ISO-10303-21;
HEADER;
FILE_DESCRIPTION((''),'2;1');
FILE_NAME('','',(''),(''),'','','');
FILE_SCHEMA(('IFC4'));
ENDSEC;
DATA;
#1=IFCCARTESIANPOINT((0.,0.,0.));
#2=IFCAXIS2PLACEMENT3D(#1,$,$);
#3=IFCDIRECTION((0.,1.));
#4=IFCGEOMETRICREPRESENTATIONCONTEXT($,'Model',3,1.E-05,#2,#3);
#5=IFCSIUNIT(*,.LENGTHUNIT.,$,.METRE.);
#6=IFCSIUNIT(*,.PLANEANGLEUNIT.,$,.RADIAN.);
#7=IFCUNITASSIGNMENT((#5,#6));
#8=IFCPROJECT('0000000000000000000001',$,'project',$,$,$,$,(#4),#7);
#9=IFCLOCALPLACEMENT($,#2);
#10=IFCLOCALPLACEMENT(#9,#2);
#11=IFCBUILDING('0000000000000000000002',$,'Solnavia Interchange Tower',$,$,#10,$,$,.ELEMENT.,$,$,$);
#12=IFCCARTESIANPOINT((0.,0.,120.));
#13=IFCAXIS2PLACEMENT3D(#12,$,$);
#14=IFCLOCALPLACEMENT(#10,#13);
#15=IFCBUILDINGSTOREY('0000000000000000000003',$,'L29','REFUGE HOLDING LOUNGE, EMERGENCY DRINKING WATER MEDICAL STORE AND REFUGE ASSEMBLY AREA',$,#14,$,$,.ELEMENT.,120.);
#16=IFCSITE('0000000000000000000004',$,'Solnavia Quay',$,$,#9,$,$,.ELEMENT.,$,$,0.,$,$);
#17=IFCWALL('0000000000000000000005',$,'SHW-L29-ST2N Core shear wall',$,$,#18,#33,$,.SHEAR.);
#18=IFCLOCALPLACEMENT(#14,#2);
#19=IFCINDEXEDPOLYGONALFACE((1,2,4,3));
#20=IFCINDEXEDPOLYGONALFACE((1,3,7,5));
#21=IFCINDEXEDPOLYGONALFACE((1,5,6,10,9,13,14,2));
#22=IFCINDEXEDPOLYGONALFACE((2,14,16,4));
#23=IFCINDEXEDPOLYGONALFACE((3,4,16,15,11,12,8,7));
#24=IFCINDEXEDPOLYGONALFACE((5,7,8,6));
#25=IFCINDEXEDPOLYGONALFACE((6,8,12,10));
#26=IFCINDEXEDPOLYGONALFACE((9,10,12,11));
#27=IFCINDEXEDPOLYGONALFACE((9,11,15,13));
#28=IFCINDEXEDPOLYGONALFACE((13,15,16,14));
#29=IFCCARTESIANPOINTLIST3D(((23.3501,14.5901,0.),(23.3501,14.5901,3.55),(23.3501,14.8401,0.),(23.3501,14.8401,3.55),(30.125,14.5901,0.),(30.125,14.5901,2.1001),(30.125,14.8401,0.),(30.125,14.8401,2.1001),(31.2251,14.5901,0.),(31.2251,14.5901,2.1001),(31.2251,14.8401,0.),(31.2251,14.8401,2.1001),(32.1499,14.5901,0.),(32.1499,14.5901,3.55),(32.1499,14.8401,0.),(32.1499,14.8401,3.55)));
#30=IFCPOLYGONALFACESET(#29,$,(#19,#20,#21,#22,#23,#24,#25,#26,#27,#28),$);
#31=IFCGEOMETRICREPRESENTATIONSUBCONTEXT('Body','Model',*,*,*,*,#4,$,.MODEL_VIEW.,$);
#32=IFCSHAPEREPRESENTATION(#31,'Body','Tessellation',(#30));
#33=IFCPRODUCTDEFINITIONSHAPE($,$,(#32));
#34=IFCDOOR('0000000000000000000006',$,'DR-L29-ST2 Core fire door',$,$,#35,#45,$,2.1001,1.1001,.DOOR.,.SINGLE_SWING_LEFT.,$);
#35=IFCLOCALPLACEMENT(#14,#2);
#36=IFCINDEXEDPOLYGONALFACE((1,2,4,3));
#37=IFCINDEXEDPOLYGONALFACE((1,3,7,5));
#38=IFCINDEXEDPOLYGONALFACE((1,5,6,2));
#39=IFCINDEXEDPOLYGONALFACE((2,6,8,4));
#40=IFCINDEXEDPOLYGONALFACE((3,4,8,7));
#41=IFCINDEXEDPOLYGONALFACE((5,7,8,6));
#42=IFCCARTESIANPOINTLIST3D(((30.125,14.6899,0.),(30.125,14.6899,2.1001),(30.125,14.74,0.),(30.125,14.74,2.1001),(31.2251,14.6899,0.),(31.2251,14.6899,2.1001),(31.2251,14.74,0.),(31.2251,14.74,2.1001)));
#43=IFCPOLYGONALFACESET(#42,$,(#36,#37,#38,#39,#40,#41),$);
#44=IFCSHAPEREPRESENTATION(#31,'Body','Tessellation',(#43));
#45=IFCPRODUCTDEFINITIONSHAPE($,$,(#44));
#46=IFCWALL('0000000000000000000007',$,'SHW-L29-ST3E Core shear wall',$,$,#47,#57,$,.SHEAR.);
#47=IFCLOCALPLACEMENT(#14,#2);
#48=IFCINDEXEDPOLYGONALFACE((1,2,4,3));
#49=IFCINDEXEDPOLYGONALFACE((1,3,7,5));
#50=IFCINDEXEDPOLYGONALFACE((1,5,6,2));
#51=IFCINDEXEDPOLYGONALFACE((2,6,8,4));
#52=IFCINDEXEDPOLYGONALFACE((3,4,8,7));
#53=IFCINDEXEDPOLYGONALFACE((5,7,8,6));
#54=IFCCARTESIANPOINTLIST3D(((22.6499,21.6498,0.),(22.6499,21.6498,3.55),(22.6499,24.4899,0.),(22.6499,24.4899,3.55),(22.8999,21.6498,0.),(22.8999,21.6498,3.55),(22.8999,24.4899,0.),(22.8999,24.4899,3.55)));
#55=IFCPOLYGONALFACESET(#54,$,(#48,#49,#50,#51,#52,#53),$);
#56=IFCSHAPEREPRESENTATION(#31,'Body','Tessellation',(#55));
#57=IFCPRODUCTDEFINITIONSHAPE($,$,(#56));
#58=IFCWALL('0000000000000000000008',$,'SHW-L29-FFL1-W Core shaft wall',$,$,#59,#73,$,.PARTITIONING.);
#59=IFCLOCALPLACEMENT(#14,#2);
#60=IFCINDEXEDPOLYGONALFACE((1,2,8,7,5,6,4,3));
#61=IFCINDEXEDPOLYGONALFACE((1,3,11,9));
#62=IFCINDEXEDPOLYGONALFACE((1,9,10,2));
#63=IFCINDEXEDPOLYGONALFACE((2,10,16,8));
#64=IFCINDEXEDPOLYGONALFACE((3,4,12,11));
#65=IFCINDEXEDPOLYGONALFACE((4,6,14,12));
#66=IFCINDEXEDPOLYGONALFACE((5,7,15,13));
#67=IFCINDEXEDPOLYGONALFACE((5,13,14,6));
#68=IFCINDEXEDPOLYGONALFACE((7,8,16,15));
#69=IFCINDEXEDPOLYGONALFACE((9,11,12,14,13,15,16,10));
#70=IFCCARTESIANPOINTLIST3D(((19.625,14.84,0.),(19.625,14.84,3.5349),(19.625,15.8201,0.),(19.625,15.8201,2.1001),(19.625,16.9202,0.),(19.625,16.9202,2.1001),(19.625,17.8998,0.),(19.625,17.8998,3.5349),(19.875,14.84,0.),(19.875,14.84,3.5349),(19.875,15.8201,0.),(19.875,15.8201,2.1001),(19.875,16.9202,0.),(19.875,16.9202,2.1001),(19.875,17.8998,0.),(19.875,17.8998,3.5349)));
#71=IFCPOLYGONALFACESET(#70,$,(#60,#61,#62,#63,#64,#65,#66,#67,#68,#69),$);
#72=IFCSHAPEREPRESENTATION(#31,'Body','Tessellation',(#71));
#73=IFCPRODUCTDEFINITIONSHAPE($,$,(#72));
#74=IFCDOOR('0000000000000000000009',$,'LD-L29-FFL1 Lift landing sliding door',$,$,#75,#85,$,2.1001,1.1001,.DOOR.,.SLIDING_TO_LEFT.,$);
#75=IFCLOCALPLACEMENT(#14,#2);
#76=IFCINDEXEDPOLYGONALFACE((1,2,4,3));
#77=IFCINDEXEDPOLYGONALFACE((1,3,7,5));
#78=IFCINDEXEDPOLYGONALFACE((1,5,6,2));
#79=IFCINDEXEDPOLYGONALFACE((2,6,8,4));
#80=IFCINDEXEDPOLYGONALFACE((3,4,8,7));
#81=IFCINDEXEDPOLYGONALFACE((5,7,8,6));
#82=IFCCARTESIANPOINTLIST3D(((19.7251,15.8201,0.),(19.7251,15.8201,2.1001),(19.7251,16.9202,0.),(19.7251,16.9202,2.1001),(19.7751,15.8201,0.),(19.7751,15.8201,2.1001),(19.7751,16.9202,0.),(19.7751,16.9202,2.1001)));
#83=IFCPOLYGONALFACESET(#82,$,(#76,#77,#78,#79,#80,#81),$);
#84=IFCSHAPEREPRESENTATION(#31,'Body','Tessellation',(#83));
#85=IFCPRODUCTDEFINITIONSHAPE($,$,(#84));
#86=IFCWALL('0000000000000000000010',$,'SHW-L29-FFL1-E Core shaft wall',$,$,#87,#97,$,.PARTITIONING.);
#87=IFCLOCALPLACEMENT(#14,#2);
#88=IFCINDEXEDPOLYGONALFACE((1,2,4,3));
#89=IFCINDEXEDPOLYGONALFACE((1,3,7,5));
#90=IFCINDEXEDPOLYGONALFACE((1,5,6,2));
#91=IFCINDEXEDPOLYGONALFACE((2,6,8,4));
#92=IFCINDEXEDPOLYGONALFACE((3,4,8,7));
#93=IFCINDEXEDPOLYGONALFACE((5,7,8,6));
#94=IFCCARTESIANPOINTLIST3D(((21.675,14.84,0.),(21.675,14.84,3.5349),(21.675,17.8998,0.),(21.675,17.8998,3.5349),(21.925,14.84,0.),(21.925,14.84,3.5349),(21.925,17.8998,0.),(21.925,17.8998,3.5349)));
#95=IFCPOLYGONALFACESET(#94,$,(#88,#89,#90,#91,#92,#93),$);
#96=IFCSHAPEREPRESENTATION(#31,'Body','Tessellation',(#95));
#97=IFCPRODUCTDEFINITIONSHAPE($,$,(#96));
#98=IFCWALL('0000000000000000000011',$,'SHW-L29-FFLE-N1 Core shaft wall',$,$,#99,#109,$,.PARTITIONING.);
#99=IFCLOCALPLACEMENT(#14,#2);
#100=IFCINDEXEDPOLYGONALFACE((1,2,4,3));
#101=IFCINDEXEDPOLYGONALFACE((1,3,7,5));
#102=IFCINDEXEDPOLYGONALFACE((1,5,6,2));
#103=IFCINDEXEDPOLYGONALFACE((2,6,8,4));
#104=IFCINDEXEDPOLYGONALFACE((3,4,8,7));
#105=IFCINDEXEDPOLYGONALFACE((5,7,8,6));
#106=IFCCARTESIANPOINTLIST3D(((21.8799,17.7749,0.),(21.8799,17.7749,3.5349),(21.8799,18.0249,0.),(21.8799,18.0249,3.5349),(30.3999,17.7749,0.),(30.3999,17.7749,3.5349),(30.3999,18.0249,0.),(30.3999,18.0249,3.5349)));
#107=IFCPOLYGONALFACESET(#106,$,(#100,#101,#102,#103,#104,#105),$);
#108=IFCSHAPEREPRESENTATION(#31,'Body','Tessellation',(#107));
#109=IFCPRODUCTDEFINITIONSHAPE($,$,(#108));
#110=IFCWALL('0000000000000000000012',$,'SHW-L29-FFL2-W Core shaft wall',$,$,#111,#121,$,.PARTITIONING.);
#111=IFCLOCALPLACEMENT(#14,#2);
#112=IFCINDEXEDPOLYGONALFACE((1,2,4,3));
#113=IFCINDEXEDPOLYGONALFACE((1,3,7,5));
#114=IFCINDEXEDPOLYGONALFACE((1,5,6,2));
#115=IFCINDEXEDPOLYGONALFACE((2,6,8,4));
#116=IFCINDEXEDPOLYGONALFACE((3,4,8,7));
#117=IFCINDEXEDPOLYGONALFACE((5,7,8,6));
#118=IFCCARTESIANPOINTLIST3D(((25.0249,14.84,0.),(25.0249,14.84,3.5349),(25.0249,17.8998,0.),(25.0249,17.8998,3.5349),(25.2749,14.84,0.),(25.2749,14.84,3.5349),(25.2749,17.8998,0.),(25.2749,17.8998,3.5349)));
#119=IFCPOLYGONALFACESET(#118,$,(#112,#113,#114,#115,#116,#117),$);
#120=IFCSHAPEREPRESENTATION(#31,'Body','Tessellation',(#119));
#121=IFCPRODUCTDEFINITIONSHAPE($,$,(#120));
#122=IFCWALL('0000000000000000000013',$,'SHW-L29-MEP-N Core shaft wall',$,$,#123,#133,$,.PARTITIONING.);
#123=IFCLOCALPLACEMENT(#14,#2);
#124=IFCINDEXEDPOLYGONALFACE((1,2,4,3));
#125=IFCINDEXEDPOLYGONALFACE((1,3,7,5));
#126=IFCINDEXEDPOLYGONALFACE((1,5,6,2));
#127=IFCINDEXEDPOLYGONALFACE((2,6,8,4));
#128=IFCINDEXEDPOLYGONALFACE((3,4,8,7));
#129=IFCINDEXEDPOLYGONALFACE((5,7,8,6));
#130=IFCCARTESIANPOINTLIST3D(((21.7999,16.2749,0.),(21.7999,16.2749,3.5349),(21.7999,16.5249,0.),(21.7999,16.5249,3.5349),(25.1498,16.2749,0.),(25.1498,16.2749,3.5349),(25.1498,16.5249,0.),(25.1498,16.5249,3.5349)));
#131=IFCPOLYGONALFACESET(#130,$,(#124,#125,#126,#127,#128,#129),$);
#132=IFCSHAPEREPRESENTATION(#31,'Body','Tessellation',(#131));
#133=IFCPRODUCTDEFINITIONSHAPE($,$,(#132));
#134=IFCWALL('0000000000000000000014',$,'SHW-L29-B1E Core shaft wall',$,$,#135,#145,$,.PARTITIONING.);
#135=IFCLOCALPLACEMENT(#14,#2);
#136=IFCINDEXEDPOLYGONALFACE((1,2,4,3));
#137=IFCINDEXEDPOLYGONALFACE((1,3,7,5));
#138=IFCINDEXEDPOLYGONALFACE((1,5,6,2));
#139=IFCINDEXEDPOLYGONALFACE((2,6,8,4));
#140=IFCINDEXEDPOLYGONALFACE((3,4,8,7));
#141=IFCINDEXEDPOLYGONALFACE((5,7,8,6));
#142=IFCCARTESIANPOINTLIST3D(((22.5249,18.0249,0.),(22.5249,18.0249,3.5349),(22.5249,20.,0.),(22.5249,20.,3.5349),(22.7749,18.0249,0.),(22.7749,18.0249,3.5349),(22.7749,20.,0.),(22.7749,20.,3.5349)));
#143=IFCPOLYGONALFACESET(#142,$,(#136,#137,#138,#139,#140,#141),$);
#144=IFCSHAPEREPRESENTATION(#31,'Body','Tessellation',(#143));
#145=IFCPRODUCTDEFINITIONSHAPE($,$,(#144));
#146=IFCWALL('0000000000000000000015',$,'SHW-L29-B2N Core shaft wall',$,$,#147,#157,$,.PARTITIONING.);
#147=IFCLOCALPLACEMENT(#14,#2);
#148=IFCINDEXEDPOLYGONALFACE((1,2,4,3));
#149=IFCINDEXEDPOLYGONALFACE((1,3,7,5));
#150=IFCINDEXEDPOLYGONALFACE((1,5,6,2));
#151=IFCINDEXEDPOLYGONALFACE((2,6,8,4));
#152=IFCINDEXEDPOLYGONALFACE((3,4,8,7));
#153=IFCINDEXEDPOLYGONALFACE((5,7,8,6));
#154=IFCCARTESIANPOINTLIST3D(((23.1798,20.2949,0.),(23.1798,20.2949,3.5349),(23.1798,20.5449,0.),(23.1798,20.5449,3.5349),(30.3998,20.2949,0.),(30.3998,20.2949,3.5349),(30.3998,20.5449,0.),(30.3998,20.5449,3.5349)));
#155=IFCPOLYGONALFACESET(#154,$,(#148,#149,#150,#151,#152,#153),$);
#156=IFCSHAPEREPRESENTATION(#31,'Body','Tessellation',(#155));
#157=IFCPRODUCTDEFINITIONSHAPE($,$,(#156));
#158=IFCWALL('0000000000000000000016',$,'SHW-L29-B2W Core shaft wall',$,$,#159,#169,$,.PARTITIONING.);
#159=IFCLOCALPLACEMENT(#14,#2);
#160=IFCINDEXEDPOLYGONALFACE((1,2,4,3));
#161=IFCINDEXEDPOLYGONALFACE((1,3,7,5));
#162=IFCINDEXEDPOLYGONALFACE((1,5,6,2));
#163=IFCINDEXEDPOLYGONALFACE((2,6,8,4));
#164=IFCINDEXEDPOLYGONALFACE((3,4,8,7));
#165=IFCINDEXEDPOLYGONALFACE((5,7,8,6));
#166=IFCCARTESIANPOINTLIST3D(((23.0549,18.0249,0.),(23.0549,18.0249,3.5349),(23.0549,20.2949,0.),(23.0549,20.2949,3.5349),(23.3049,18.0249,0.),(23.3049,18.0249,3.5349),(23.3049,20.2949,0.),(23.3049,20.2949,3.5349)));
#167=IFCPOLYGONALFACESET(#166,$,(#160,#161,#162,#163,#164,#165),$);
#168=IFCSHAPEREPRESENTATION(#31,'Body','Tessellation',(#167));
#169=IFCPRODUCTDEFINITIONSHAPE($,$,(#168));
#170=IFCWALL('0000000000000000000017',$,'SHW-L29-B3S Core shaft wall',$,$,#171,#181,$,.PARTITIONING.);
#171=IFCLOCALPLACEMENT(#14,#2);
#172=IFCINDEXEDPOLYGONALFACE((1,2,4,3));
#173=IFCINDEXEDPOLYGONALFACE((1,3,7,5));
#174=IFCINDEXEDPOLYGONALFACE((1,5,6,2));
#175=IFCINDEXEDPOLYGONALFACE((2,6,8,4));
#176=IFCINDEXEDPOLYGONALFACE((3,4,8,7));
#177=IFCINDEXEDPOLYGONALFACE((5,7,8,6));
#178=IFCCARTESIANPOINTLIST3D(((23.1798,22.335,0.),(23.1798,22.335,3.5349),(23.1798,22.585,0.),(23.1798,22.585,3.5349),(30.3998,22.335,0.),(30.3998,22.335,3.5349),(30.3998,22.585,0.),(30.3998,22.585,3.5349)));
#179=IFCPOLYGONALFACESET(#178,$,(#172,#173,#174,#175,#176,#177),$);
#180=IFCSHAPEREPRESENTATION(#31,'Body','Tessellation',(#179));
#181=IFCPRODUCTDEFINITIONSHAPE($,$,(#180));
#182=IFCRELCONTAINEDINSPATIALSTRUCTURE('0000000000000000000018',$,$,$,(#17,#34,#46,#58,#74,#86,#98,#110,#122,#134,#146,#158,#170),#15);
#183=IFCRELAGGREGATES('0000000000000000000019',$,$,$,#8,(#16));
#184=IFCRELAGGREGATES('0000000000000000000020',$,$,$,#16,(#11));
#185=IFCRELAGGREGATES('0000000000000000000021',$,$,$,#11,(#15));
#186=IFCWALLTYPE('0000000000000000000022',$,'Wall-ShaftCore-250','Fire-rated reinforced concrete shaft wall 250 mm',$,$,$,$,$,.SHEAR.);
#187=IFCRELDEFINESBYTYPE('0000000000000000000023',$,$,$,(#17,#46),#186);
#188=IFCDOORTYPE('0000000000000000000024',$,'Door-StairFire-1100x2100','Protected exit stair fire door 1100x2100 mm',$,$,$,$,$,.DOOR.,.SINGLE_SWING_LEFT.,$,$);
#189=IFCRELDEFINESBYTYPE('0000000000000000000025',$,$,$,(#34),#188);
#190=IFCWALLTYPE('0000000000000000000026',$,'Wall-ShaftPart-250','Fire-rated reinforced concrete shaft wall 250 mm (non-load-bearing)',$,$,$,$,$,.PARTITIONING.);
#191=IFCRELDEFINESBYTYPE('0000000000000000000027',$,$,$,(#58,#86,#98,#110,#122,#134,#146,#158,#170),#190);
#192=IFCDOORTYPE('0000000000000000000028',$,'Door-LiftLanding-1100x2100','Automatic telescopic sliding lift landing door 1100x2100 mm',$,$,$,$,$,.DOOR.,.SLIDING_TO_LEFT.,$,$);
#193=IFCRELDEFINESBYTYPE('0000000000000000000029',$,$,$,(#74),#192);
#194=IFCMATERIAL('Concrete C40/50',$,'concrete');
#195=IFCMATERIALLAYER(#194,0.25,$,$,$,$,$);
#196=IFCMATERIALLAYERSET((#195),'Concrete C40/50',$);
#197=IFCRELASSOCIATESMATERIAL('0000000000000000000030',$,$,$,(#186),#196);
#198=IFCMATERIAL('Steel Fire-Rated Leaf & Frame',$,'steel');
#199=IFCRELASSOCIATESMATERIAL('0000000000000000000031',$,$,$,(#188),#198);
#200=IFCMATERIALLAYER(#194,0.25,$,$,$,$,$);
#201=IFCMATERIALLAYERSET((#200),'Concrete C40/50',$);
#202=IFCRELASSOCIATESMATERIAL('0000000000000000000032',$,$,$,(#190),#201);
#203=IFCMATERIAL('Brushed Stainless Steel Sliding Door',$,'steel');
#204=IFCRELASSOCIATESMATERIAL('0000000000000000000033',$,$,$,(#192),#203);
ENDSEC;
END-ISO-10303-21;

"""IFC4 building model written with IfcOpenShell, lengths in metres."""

from ifc_helpers import new_model, si_unit, direction, frame, frame_2d, origin, place, context, subcontext, project, spatial, rectangle, extrude, material, layer, layer_set, type_object, element, fill, save


model = new_model("IFC4")

# Units and contexts
model_context = context("Model", 3, precision=1e-05, world=origin(), true_north=direction((0.0, 1.0)))
body_context = subcontext(model_context, "Body", "Model", "MODEL_VIEW")
ifc_project = project(units=[si_unit("LENGTHUNIT", "METRE"), si_unit("PLANEANGLEUNIT", "RADIAN")], contexts=[model_context])

# Site, building, storey
site_placement = place(None, origin())
site = spatial("IfcSite", under=ifc_project, at=site_placement, Name="Solnavia Quay", CompositionType="ELEMENT", RefElevation=0.0)
building_placement = place(site_placement, origin())
building = spatial("IfcBuilding", under=site, at=building_placement, Name="Solnavia Interchange Tower", CompositionType="ELEMENT")
storey_placement = place(building_placement, frame((0.0, 0.0, 120.0)))
storey = spatial("IfcBuildingStorey", under=building, at=storey_placement, Name="L29", Description="REFUGE HOLDING LOUNGE, EMERGENCY DRINKING WATER MEDICAL STORE AND REFUGE ASSEMBLY AREA", CompositionType="ELEMENT", Elevation=120.0)

# Wall, opening, door
ifc_material_1 = material(Name="Concrete C40/50", Category="concrete")
ifc_layer_1 = layer(ifc_material_1, 0.25)
ifc_layer_set_1 = layer_set([ifc_layer_1], Name="Concrete C40/50")
wall_type_1 = type_object("IfcWallType", Name="Wall-ShaftCore-250", Description="Fire-rated reinforced concrete shaft wall 250 mm", PredefinedType="SHEAR", material=ifc_layer_set_1)
wall_1_placement = place(storey_placement, frame((23.3501, 14.7151, 0.0), z_axis=(0.0, 0.0, 1.0), x_axis=(1.0, 0.0, 0.0)))
wall_1 = element("IfcWall", 1, at=wall_1_placement, inside=storey, type_object=wall_type_1, Name="SHW-L29-ST2N Core shear wall", PredefinedType="SHEAR", context=body_context, shape_type="SweptSolid", body=[
    extrude(rectangle(XDim=8.7998, YDim=0.25, at=frame_2d((4.3999, 0.0))), origin(), (0.0, 0.0, 1.0), 3.55),
])
opening_1_placement = place(wall_1_placement, frame((6.7749, 0.0, 0.0)))
opening_1 = element("IfcOpeningElement", 2, at=opening_1_placement, cuts=wall_1, PredefinedType="OPENING", context=body_context, shape_type="SweptSolid", body=[
    extrude(rectangle(XDim=1.1001, YDim=2.1001, at=frame_2d((0.55, 1.05))), frame((0.0, 0.135, 0.0), z_axis=(0.0, -1.0, 0.0), x_axis=(1.0, 0.0, 0.0)), (0.0, 0.0, 1.0), 0.27),
])
ifc_material_2 = material(Name="Steel Fire-Rated Leaf & Frame", Category="steel")
door_type_1 = type_object("IfcDoorType", Name="Door-StairFire-1100x2100", Description="Protected exit stair fire door 1100x2100 mm", OperationType="SINGLE_SWING_LEFT", PredefinedType="DOOR", material=ifc_material_2)
door_1_placement = place(opening_1_placement, origin())
door_1 = element("IfcDoor", 3, at=door_1_placement, inside=storey, type_object=door_type_1, Name="DR-L29-ST2 Core fire door", OperationType="SINGLE_SWING_LEFT", OverallHeight=2.1001, OverallWidth=1.1001, PredefinedType="DOOR", context=body_context, shape_type="SweptSolid", body=[
    extrude(rectangle(XDim=1.1001, YDim=2.1001, at=frame_2d((0.55, 1.05))), frame((0.0, 0.0249, 0.0), z_axis=(0.0, -1.0, 0.0), x_axis=(1.0, 0.0, 0.0)), (0.0, 0.0, 1.0), 0.05),
])
fill(opening_1, door_1)

# Wall
wall_2_placement = place(storey_placement, frame((22.7749, 21.6499, 0.0), z_axis=(0.0, 0.0, 1.0), x_axis=(0.0, 1.0, 0.0)))
element("IfcWall", 4, at=wall_2_placement, inside=storey, type_object=wall_type_1, Name="SHW-L29-ST3E Core shear wall", PredefinedType="SHEAR", context=body_context, shape_type="SweptSolid", body=[
    extrude(rectangle(XDim=2.8401, YDim=0.25, at=frame_2d((1.4199, 0.0))), origin(), (0.0, 0.0, 1.0), 3.55),
])

# Wall, opening, door
ifc_layer_2 = layer(ifc_material_1, 0.25)
ifc_layer_set_2 = layer_set([ifc_layer_2], Name="Concrete C40/50")
wall_type_2 = type_object("IfcWallType", Name="Wall-ShaftPart-250", Description="Fire-rated reinforced concrete shaft wall 250 mm (non-load-bearing)", PredefinedType="PARTITIONING", material=ifc_layer_set_2)
wall_3_placement = place(storey_placement, frame((19.75, 14.8401, 0.0), z_axis=(0.0, 0.0, 1.0), x_axis=(0.0, 1.0, 0.0)))
wall_3 = element("IfcWall", 5, at=wall_3_placement, inside=storey, type_object=wall_type_2, Name="SHW-L29-FFL1-W Core shaft wall", PredefinedType="PARTITIONING", context=body_context, shape_type="SweptSolid", body=[
    extrude(rectangle(XDim=3.0598, YDim=0.25, at=frame_2d((1.5298, 0.0))), origin(), (0.0, 0.0, 1.0), 3.5349),
])
opening_2_placement = place(wall_3_placement, frame((0.98, 0.0, 0.0)))
opening_2 = element("IfcOpeningElement", 6, at=opening_2_placement, cuts=wall_3, PredefinedType="OPENING", context=body_context, shape_type="SweptSolid", body=[
    extrude(rectangle(XDim=1.1001, YDim=2.1001, at=frame_2d((0.55, 1.05))), frame((0.0, 0.135, 0.0), z_axis=(0.0, -1.0, 0.0), x_axis=(1.0, 0.0, 0.0)), (0.0, 0.0, 1.0), 0.27),
])
ifc_material_3 = material(Name="Brushed Stainless Steel Sliding Door", Category="steel")
door_type_2 = type_object("IfcDoorType", Name="Door-LiftLanding-1100x2100", Description="Automatic telescopic sliding lift landing door 1100x2100 mm", OperationType="SLIDING_TO_LEFT", PredefinedType="DOOR", material=ifc_material_3)
door_2_placement = place(opening_2_placement, origin())
door_2 = element("IfcDoor", 7, at=door_2_placement, inside=storey, type_object=door_type_2, Name="LD-L29-FFL1 Lift landing sliding door", OperationType="SLIDING_TO_LEFT", OverallHeight=2.1001, OverallWidth=1.1001, PredefinedType="DOOR", context=body_context, shape_type="SweptSolid", body=[
    extrude(rectangle(XDim=1.1001, YDim=2.1001, at=frame_2d((0.55, 1.05))), frame((0.0, 0.0249, 0.0), z_axis=(0.0, -1.0, 0.0), x_axis=(1.0, 0.0, 0.0)), (0.0, 0.0, 1.0), 0.05),
])
fill(opening_2, door_2)

# Walls
wall_4_placement = place(storey_placement, frame((21.8, 14.8401, 0.0), z_axis=(0.0, 0.0, 1.0), x_axis=(0.0, 1.0, 0.0)))
element("IfcWall", 8, at=wall_4_placement, inside=storey, type_object=wall_type_2, Name="SHW-L29-FFL1-E Core shaft wall", PredefinedType="PARTITIONING", context=body_context, shape_type="SweptSolid", body=[
    extrude(rectangle(XDim=3.0598, YDim=0.25, at=frame_2d((1.5298, 0.0))), origin(), (0.0, 0.0, 1.0), 3.5349),
])
wall_5_placement = place(storey_placement, frame((21.8799, 17.8999, 0.0), z_axis=(0.0, 0.0, 1.0), x_axis=(1.0, 0.0, 0.0)))
element("IfcWall", 9, at=wall_5_placement, inside=storey, type_object=wall_type_2, Name="SHW-L29-FFLE-N1 Core shaft wall", PredefinedType="PARTITIONING", context=body_context, shape_type="SweptSolid", body=[
    extrude(rectangle(XDim=8.52, YDim=0.25, at=frame_2d((4.26, 0.0))), origin(), (0.0, 0.0, 1.0), 3.5349),
])
wall_6_placement = place(storey_placement, frame((25.1499, 14.8401, 0.0), z_axis=(0.0, 0.0, 1.0), x_axis=(0.0, 1.0, 0.0)))
element("IfcWall", 10, at=wall_6_placement, inside=storey, type_object=wall_type_2, Name="SHW-L29-FFL2-W Core shaft wall", PredefinedType="PARTITIONING", context=body_context, shape_type="SweptSolid", body=[
    extrude(rectangle(XDim=3.0598, YDim=0.25, at=frame_2d((1.5298, 0.0))), origin(), (0.0, 0.0, 1.0), 3.5349),
])
wall_7_placement = place(storey_placement, frame((21.8, 16.3999, 0.0), z_axis=(0.0, 0.0, 1.0), x_axis=(1.0, 0.0, 0.0)))
element("IfcWall", 11, at=wall_7_placement, inside=storey, type_object=wall_type_2, Name="SHW-L29-MEP-N Core shaft wall", PredefinedType="PARTITIONING", context=body_context, shape_type="SweptSolid", body=[
    extrude(rectangle(XDim=3.3499, YDim=0.25, at=frame_2d((1.6748, 0.0))), origin(), (0.0, 0.0, 1.0), 3.5349),
])
wall_8_placement = place(storey_placement, frame((22.6499, 18.0249, 0.0), z_axis=(0.0, 0.0, 1.0), x_axis=(0.0, 1.0, 0.0)))
element("IfcWall", 12, at=wall_8_placement, inside=storey, type_object=wall_type_2, Name="SHW-L29-B1E Core shaft wall", PredefinedType="PARTITIONING", context=body_context, shape_type="SweptSolid", body=[
    extrude(rectangle(XDim=1.9751, YDim=0.25, at=frame_2d((0.9875, 0.0))), origin(), (0.0, 0.0, 1.0), 3.5349),
])
wall_9_placement = place(storey_placement, frame((23.1799, 20.4199, 0.0), z_axis=(0.0, 0.0, 1.0), x_axis=(1.0, 0.0, 0.0)))
element("IfcWall", 13, at=wall_9_placement, inside=storey, type_object=wall_type_2, Name="SHW-L29-B2N Core shaft wall", PredefinedType="PARTITIONING", context=body_context, shape_type="SweptSolid", body=[
    extrude(rectangle(XDim=7.22, YDim=0.25, at=frame_2d((3.6099, 0.0))), origin(), (0.0, 0.0, 1.0), 3.5349),
])
wall_10_placement = place(storey_placement, frame((23.1799, 18.0249, 0.0), z_axis=(0.0, 0.0, 1.0), x_axis=(0.0, 1.0, 0.0)))
element("IfcWall", 14, at=wall_10_placement, inside=storey, type_object=wall_type_2, Name="SHW-L29-B2W Core shaft wall", PredefinedType="PARTITIONING", context=body_context, shape_type="SweptSolid", body=[
    extrude(rectangle(XDim=2.27, YDim=0.25, at=frame_2d((1.135, 0.0))), origin(), (0.0, 0.0, 1.0), 3.5349),
])
wall_11_placement = place(storey_placement, frame((23.1799, 22.46, 0.0), z_axis=(0.0, 0.0, 1.0), x_axis=(1.0, 0.0, 0.0)))
element("IfcWall", 15, at=wall_11_placement, inside=storey, type_object=wall_type_2, Name="SHW-L29-B3S Core shaft wall", PredefinedType="PARTITIONING", context=body_context, shape_type="SweptSolid", body=[
    extrude(rectangle(XDim=7.22, YDim=0.25, at=frame_2d((3.6099, 0.0))), origin(), (0.0, 0.0, 1.0), 3.5349),
])

save(model, "model.ifc")
